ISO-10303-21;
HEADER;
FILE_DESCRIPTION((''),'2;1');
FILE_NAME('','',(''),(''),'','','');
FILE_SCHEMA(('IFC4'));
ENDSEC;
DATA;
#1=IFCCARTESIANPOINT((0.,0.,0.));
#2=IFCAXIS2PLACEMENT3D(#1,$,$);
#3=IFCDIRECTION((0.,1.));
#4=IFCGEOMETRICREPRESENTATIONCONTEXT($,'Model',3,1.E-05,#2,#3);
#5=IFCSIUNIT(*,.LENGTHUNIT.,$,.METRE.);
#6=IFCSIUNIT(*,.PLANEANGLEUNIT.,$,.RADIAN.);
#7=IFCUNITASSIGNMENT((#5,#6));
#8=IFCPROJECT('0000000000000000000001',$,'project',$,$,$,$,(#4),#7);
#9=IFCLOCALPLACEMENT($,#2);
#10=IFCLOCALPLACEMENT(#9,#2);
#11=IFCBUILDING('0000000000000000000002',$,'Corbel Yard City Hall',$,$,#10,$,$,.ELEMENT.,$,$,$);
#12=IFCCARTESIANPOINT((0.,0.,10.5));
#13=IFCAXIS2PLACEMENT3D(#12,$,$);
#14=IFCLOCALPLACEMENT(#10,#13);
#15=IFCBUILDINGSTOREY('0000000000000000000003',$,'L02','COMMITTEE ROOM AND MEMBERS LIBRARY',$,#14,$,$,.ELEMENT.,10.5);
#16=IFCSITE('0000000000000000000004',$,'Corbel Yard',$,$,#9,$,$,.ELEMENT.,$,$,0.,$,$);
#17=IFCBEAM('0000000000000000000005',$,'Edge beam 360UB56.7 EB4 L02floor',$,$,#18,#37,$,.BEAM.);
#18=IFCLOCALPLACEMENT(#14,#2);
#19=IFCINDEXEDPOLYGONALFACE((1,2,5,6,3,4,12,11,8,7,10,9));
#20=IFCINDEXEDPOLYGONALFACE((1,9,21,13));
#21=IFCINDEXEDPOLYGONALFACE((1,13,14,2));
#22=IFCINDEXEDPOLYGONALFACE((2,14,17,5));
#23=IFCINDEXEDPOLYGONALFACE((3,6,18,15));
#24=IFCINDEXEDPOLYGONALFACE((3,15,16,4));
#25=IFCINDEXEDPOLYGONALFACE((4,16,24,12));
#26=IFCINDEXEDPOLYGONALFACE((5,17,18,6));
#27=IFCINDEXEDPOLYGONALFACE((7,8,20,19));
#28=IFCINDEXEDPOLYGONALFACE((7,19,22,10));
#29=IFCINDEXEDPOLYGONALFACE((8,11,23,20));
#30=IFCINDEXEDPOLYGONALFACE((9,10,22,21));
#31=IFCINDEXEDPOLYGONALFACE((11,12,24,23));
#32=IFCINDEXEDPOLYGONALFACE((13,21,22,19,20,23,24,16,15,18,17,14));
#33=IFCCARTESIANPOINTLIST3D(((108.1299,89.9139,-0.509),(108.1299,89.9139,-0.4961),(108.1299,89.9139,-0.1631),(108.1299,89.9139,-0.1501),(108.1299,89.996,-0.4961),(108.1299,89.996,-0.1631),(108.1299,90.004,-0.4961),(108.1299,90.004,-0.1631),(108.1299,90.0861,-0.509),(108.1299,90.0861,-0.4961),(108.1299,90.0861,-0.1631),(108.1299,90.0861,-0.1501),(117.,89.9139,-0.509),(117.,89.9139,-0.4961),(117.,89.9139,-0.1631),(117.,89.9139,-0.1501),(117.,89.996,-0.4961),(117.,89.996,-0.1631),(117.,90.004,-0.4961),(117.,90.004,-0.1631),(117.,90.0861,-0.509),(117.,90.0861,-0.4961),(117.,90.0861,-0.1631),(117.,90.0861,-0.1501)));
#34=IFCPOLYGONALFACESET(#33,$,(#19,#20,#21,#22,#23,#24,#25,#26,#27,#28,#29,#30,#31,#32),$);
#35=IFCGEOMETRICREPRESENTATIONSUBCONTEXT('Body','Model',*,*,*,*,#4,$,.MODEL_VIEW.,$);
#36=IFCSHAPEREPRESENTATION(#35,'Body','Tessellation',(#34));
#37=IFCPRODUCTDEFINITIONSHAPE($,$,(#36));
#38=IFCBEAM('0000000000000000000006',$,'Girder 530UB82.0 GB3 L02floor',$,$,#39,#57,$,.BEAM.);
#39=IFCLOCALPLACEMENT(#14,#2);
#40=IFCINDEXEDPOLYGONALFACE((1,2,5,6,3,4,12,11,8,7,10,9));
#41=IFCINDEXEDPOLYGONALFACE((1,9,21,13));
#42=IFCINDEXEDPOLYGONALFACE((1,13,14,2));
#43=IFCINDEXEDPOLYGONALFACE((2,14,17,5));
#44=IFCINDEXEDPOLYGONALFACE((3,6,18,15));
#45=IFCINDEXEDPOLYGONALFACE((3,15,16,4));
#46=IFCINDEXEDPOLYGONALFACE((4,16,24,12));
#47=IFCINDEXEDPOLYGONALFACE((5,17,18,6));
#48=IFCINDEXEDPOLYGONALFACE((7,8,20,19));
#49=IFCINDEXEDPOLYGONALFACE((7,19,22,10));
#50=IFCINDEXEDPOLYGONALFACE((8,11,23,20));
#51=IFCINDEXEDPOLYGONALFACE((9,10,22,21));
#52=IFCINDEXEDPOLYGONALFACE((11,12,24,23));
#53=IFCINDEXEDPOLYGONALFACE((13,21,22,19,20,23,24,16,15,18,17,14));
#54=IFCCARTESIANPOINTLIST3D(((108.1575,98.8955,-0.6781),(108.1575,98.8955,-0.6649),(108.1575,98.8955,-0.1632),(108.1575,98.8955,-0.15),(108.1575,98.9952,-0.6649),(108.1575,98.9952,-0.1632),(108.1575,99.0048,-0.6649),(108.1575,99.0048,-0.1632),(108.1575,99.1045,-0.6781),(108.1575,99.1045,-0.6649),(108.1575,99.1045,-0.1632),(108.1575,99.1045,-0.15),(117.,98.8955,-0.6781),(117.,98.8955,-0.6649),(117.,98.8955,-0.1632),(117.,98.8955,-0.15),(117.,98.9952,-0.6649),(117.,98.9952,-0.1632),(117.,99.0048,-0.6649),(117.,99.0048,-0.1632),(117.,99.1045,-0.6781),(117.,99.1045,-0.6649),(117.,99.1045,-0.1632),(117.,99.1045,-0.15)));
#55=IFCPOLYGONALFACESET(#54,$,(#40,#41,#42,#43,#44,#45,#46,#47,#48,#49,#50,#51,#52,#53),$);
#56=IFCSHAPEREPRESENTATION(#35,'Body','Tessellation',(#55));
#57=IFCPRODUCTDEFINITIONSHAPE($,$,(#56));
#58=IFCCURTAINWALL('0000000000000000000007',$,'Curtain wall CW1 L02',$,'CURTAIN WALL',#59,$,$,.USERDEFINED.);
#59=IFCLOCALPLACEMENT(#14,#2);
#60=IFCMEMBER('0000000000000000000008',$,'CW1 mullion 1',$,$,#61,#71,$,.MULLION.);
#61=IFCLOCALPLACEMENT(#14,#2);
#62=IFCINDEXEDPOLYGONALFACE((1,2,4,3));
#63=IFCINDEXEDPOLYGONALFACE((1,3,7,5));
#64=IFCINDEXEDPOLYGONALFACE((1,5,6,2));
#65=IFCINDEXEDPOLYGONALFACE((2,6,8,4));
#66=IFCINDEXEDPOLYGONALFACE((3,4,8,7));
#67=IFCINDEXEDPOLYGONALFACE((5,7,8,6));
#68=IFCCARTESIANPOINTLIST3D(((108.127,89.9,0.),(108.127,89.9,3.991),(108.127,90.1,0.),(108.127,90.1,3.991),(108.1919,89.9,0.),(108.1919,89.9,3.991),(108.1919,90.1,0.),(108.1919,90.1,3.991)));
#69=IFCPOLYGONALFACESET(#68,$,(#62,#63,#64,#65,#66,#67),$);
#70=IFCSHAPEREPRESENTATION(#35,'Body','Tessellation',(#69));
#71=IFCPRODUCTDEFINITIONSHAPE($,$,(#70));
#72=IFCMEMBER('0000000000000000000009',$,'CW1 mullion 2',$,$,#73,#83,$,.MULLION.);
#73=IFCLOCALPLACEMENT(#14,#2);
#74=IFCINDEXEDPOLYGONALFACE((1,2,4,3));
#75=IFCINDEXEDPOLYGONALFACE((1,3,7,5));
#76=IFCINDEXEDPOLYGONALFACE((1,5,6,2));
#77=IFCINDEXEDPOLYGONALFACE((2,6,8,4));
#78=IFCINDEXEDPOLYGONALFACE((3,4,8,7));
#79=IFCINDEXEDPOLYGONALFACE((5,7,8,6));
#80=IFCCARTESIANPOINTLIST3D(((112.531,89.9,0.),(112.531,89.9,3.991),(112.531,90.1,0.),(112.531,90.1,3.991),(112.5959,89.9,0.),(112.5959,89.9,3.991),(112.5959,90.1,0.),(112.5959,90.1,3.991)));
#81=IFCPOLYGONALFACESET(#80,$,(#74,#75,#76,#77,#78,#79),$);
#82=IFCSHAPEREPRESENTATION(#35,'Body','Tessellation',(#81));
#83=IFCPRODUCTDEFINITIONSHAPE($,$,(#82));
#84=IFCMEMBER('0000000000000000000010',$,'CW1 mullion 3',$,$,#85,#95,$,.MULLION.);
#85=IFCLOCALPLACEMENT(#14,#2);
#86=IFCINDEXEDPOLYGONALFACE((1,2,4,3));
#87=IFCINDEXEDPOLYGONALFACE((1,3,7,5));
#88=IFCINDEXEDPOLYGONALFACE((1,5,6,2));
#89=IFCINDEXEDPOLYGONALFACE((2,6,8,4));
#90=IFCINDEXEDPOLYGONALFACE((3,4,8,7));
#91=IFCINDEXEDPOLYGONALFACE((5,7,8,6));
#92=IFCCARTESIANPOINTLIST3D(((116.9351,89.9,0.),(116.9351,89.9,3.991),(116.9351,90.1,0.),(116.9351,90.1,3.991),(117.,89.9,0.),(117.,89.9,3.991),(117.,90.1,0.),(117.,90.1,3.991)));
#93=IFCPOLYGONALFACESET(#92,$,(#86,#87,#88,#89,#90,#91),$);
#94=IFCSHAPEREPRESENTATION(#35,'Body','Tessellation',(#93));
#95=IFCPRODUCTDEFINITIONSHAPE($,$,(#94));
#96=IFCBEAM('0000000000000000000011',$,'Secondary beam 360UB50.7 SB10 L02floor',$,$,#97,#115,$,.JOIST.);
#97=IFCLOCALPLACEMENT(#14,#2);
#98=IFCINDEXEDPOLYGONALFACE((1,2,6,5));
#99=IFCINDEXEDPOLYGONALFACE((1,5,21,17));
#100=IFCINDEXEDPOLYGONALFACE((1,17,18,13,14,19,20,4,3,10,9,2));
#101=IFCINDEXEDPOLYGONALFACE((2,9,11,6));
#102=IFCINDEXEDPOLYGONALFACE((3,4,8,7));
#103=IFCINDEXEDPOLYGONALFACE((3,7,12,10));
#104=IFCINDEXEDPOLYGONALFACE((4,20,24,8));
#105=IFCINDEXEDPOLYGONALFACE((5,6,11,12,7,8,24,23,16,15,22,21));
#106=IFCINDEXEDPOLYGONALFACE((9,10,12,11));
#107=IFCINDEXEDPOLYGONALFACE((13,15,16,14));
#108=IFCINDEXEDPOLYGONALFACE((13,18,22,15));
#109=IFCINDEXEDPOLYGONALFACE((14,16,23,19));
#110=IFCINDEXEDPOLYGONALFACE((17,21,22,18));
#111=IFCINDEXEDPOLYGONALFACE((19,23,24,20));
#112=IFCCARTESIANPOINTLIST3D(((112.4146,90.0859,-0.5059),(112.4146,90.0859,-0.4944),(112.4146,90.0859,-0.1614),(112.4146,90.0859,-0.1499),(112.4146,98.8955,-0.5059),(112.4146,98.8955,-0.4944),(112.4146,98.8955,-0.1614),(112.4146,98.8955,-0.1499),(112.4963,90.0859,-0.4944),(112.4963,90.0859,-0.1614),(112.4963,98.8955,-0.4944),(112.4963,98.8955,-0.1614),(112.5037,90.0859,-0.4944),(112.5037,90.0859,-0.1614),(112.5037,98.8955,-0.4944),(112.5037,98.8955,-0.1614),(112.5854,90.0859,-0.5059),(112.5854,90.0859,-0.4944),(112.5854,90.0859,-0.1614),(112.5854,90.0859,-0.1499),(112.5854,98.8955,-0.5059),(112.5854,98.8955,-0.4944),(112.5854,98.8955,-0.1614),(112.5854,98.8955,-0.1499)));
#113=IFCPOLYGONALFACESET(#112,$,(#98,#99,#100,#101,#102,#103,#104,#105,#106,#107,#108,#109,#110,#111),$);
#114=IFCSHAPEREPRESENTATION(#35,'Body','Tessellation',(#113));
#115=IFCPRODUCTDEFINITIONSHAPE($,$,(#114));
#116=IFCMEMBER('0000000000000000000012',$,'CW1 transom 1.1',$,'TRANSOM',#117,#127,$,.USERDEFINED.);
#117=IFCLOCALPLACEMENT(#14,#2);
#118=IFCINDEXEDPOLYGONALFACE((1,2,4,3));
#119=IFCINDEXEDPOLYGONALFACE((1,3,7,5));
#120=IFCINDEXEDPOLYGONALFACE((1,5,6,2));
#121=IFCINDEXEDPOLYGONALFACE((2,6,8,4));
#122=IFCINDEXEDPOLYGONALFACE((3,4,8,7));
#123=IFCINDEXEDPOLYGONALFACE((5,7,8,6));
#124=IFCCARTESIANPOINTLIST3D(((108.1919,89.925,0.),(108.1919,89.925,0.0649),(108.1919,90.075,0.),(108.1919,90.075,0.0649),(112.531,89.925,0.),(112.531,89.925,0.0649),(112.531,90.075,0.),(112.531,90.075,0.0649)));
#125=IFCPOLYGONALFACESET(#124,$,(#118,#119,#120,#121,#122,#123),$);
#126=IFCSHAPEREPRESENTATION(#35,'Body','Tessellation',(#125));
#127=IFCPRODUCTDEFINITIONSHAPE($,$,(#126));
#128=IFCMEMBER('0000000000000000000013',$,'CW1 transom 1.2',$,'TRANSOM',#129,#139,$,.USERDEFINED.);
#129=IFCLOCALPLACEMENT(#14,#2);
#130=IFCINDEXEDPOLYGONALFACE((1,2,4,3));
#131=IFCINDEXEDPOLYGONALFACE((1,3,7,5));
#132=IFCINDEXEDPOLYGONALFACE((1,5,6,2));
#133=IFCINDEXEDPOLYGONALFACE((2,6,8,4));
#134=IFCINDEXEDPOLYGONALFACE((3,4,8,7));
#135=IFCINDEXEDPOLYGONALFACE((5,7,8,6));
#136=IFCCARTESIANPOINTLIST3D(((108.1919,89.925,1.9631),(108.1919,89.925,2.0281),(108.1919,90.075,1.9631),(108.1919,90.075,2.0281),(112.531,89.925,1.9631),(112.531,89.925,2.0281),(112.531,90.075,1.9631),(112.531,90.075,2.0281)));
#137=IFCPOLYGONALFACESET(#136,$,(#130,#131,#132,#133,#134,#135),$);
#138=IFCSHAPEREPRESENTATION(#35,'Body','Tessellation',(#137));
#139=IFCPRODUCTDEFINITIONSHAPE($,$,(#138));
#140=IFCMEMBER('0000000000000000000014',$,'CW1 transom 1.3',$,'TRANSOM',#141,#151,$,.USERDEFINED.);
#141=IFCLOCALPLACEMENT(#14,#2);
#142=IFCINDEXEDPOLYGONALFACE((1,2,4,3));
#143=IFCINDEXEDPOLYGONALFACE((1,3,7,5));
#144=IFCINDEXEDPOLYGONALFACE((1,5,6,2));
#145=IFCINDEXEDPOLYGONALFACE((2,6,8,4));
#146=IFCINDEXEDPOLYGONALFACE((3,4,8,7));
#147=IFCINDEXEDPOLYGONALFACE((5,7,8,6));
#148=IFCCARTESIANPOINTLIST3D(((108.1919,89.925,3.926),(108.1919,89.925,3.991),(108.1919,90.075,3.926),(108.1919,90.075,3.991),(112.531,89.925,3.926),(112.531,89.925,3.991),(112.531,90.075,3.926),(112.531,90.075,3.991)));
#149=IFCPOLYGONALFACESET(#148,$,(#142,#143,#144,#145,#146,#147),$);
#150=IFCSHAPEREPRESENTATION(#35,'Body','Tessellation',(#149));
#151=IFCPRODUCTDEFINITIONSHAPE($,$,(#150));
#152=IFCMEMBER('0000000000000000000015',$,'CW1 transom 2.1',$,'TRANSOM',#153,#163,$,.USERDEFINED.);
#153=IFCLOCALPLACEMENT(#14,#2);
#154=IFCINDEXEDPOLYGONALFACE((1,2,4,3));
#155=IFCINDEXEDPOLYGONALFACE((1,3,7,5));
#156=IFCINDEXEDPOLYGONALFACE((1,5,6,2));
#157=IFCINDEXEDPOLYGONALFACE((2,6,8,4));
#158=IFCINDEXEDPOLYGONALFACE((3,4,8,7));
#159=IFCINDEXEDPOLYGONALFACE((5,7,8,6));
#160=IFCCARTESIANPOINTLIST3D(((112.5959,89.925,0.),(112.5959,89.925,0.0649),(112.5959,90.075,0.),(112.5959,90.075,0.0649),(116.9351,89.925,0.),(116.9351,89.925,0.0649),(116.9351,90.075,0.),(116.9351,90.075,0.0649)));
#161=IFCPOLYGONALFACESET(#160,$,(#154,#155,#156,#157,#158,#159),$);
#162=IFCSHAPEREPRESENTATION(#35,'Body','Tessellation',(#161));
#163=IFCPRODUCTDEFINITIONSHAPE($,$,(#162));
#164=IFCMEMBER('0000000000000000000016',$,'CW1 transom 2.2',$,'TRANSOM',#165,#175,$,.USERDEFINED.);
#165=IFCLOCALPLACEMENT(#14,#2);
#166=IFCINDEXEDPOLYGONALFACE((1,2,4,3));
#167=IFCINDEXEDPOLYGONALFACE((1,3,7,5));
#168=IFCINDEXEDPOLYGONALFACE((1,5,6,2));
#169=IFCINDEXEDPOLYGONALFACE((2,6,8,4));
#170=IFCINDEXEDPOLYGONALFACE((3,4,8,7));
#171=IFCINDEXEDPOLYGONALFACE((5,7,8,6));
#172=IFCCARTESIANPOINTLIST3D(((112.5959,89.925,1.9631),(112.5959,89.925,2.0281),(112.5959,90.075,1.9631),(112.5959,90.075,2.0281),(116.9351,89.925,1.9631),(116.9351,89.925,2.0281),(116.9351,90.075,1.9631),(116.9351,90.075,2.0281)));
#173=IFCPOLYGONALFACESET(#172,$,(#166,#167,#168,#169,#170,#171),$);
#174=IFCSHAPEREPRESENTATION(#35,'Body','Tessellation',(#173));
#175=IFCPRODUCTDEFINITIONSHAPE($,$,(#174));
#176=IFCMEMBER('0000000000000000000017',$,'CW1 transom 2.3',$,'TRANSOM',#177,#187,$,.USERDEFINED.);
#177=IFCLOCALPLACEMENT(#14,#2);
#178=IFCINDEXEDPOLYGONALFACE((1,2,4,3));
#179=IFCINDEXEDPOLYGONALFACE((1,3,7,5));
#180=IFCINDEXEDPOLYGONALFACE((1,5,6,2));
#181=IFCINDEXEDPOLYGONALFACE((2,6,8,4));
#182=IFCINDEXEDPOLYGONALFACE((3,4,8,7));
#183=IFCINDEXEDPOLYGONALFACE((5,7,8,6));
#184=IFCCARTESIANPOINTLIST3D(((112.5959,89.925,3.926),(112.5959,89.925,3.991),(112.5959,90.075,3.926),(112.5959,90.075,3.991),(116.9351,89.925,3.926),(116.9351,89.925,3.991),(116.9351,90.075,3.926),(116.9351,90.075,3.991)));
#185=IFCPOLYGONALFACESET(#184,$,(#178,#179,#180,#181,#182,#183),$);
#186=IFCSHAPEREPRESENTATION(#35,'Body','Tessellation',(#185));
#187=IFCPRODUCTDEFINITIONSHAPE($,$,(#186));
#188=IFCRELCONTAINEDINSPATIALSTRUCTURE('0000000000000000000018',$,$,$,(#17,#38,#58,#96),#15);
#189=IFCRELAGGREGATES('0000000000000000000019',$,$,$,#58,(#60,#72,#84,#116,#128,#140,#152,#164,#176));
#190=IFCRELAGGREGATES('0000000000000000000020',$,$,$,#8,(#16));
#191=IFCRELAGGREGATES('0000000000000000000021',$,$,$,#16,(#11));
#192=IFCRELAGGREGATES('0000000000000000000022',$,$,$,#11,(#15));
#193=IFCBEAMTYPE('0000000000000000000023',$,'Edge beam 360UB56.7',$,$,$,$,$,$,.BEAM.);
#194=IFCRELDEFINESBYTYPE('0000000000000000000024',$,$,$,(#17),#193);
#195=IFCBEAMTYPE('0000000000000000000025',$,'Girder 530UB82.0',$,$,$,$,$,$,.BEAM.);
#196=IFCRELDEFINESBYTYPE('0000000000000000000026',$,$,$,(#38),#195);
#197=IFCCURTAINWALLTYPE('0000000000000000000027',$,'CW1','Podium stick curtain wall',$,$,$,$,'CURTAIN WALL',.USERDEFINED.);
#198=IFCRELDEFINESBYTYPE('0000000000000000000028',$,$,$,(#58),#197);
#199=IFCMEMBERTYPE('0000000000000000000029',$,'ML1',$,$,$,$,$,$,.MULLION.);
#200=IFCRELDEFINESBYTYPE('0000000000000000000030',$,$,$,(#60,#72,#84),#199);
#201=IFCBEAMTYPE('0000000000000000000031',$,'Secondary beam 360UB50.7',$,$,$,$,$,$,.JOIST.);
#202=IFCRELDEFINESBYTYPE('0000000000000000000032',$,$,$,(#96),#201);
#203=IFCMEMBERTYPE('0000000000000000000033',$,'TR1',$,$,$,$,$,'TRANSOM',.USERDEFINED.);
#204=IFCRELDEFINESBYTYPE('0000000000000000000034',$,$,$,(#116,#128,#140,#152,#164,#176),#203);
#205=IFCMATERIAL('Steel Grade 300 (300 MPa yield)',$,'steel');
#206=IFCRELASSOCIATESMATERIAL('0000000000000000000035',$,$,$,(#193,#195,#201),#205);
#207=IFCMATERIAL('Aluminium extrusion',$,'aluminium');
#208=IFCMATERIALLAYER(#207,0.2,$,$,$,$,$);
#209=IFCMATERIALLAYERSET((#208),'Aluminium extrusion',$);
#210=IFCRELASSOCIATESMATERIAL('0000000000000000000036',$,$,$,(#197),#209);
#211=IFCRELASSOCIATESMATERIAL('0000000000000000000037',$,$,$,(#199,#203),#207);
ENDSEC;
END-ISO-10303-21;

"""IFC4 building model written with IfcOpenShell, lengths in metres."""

from ifc_helpers import new_model, si_unit, direction, frame, origin, origin_2d, place, context, subcontext, project, spatial, rectangle, i_section, extrude, material, layer, layer_set, material_profile, profile_set, type_object, element, aggregate, save


model = new_model("IFC4")

# Units and contexts
model_context = context("Model", 3, precision=1e-05, world=origin(), true_north=direction((0.0, 1.0)))
body_context = subcontext(model_context, "Body", "Model", "MODEL_VIEW")
ifc_project = project(units=[si_unit("LENGTHUNIT", "METRE"), si_unit("PLANEANGLEUNIT", "RADIAN")], contexts=[model_context])

# Site, building, storey
site_placement = place(None, origin())
site = spatial("IfcSite", under=ifc_project, at=site_placement, Name="Corbel Yard", CompositionType="ELEMENT", RefElevation=0.0)
building_placement = place(site_placement, origin())
building = spatial("IfcBuilding", under=site, at=building_placement, Name="Corbel Yard City Hall", CompositionType="ELEMENT")
storey_placement = place(building_placement, frame((0.0, 0.0, 10.5)))
storey = spatial("IfcBuildingStorey", under=building, at=storey_placement, Name="L02", Description="COMMITTEE ROOM AND MEMBERS LIBRARY", CompositionType="ELEMENT", Elevation=10.5)

# Beams
ifc_material_1 = material(Name="Steel Grade 300 (300 MPa yield)", Category="steel")
ifc_material_profile_1 = material_profile(ifc_material_1, i_section(OverallWidth=0.1721, OverallDepth=0.3589, WebThickness=0.0081, FlangeThickness=0.0129, at=origin_2d()), Name="360UB56.7")
ifc_profile_set_1 = profile_set([ifc_material_profile_1], Name="Steel Grade 300 (300 MPa yield)")
beam_type_1 = type_object("IfcBeamType", Name="Edge beam 360UB56.7", PredefinedType="BEAM", material=ifc_profile_set_1)
beam_1_placement = place(storey_placement, frame((108.1299, 90.0, -0.3296), z_axis=(1.0, 0.0, 0.0), x_axis=(0.0, 1.0, 0.0)))
element("IfcBeam", 1, at=beam_1_placement, inside=storey, type_object=beam_type_1, Name="Edge beam 360UB56.7 EB4 L02floor", PredefinedType="BEAM", context=body_context, shape_type="SweptSolid", body=[
    extrude(i_section(OverallWidth=0.1721, OverallDepth=0.3589, WebThickness=0.0081, FlangeThickness=0.0129, at=origin_2d()), origin(), (0.0, 0.0, 1.0), 8.8701),
])
ifc_material_profile_2 = material_profile(ifc_material_1, i_section(OverallWidth=0.209, OverallDepth=0.5281, WebThickness=0.0095, FlangeThickness=0.0132, at=origin_2d()), Name="530UB82.0")
ifc_profile_set_2 = profile_set([ifc_material_profile_2], Name="Steel Grade 300 (300 MPa yield)")
beam_type_2 = type_object("IfcBeamType", Name="Girder 530UB82.0", PredefinedType="BEAM", material=ifc_profile_set_2)
beam_2_placement = place(storey_placement, frame((108.1575, 99.0, -0.4141), z_axis=(1.0, 0.0, 0.0), x_axis=(0.0, 1.0, 0.0)))
element("IfcBeam", 2, at=beam_2_placement, inside=storey, type_object=beam_type_2, Name="Girder 530UB82.0 GB3 L02floor", PredefinedType="BEAM", context=body_context, shape_type="SweptSolid", body=[
    extrude(i_section(OverallWidth=0.209, OverallDepth=0.5281, WebThickness=0.0095, FlangeThickness=0.0132, at=origin_2d()), origin(), (0.0, 0.0, 1.0), 8.8425),
])

# Curtain wall, members
ifc_material_2 = material(Name="Aluminium extrusion", Category="aluminium")
ifc_layer_1 = layer(ifc_material_2, 0.2)
ifc_layer_set_1 = layer_set([ifc_layer_1], Name="Aluminium extrusion")
curtain_wall_type = type_object("IfcCurtainWallType", Name="CW1", Description="Podium stick curtain wall", ElementType="CURTAIN WALL", PredefinedType="USERDEFINED", material=ifc_layer_set_1)
curtain_wall_placement = place(storey_placement, origin())
curtain_wall = element("IfcCurtainWall", 3, at=curtain_wall_placement, inside=storey, type_object=curtain_wall_type, Name="Curtain wall CW1 L02", ObjectType="CURTAIN WALL", PredefinedType="USERDEFINED")
ifc_material_profile_3 = material_profile(ifc_material_2, rectangle(XDim=0.2, YDim=0.0649, at=origin_2d()), Name="200x65")
ifc_profile_set_3 = profile_set([ifc_material_profile_3], Name="Aluminium extrusion")
member_type_1 = type_object("IfcMemberType", Name="ML1", PredefinedType="MULLION", material=ifc_profile_set_3)
member_1_placement = place(storey_placement, frame((108.1594, 90.0, 0.0), z_axis=(0.0, 0.0, 1.0), x_axis=(0.0, 1.0, 0.0)))
member_1 = element("IfcMember", 4, at=member_1_placement, type_object=member_type_1, Name="CW1 mullion 1", PredefinedType="MULLION", context=body_context, shape_type="SweptSolid", body=[
    extrude(rectangle(XDim=0.2, YDim=0.0649, at=origin_2d()), origin(), (0.0, 0.0, 1.0), 3.991),
])
member_2_placement = place(storey_placement, frame((112.5635, 90.0, 0.0), z_axis=(0.0, 0.0, 1.0), x_axis=(0.0, 1.0, 0.0)))
member_2 = element("IfcMember", 5, at=member_2_placement, type_object=member_type_1, Name="CW1 mullion 2", PredefinedType="MULLION", context=body_context, shape_type="SweptSolid", body=[
    extrude(rectangle(XDim=0.2, YDim=0.0649, at=origin_2d()), origin(), (0.0, 0.0, 1.0), 3.991),
])
member_3_placement = place(storey_placement, frame((116.9675, 90.0, 0.0), z_axis=(0.0, 0.0, 1.0), x_axis=(0.0, 1.0, 0.0)))
member_3 = element("IfcMember", 6, at=member_3_placement, type_object=member_type_1, Name="CW1 mullion 3", PredefinedType="MULLION", context=body_context, shape_type="SweptSolid", body=[
    extrude(rectangle(XDim=0.2, YDim=0.0649, at=origin_2d()), origin(), (0.0, 0.0, 1.0), 3.991),
])

# Beam
ifc_material_profile_4 = material_profile(ifc_material_1, i_section(OverallWidth=0.1709, OverallDepth=0.356, WebThickness=0.0073, FlangeThickness=0.0115, at=origin_2d()), Name="360UB50.7")
ifc_profile_set_4 = profile_set([ifc_material_profile_4], Name="Steel Grade 300 (300 MPa yield)")
beam_type_3 = type_object("IfcBeamType", Name="Secondary beam 360UB50.7", PredefinedType="JOIST", material=ifc_profile_set_4)
beam_3_placement = place(storey_placement, frame((112.5, 90.0859, -0.3279), z_axis=(0.0, 1.0, 0.0), x_axis=(-1.0, 0.0, 0.0)))
element("IfcBeam", 7, at=beam_3_placement, inside=storey, type_object=beam_type_3, Name="Secondary beam 360UB50.7 SB10 L02floor", PredefinedType="JOIST", context=body_context, shape_type="SweptSolid", body=[
    extrude(i_section(OverallWidth=0.1709, OverallDepth=0.356, WebThickness=0.0073, FlangeThickness=0.0115, at=origin_2d()), origin(), (0.0, 0.0, 1.0), 8.8096),
])

# Members
ifc_material_profile_5 = material_profile(ifc_material_2, rectangle(XDim=0.1499, YDim=0.0649, at=origin_2d()), Name="150x65")
ifc_profile_set_5 = profile_set([ifc_material_profile_5], Name="Aluminium extrusion")
member_type_2 = type_object("IfcMemberType", Name="TR1", ElementType="TRANSOM", PredefinedType="USERDEFINED", material=ifc_profile_set_5)
member_4_placement = place(storey_placement, frame((108.1919, 90.0, 0.0325), z_axis=(1.0, 0.0, 0.0), x_axis=(0.0, 1.0, 0.0)))
member_4 = element("IfcMember", 8, at=member_4_placement, type_object=member_type_2, Name="CW1 transom 1.1", ObjectType="TRANSOM", PredefinedType="USERDEFINED", context=body_context, shape_type="SweptSolid", body=[
    extrude(rectangle(XDim=0.1499, YDim=0.0649, at=origin_2d()), origin(), (0.0, 0.0, 1.0), 4.3391),
])
member_5_placement = place(storey_placement, frame((108.1919, 90.0, 1.9956), z_axis=(1.0, 0.0, 0.0), x_axis=(0.0, 1.0, 0.0)))
member_5 = element("IfcMember", 9, at=member_5_placement, type_object=member_type_2, Name="CW1 transom 1.2", ObjectType="TRANSOM", PredefinedType="USERDEFINED", context=body_context, shape_type="SweptSolid", body=[
    extrude(rectangle(XDim=0.1499, YDim=0.0649, at=origin_2d()), origin(), (0.0, 0.0, 1.0), 4.3391),
])
member_6_placement = place(storey_placement, frame((108.1919, 90.0, 3.9585), z_axis=(1.0, 0.0, 0.0), x_axis=(0.0, 1.0, 0.0)))
member_6 = element("IfcMember", 10, at=member_6_placement, type_object=member_type_2, Name="CW1 transom 1.3", ObjectType="TRANSOM", PredefinedType="USERDEFINED", context=body_context, shape_type="SweptSolid", body=[
    extrude(rectangle(XDim=0.1499, YDim=0.0649, at=origin_2d()), origin(), (0.0, 0.0, 1.0), 4.3391),
])
member_7_placement = place(storey_placement, frame((112.5959, 90.0, 0.0325), z_axis=(1.0, 0.0, 0.0), x_axis=(0.0, 1.0, 0.0)))
member_7 = element("IfcMember", 11, at=member_7_placement, type_object=member_type_2, Name="CW1 transom 2.1", ObjectType="TRANSOM", PredefinedType="USERDEFINED", context=body_context, shape_type="SweptSolid", body=[
    extrude(rectangle(XDim=0.1499, YDim=0.0649, at=origin_2d()), origin(), (0.0, 0.0, 1.0), 4.3391),
])
member_8_placement = place(storey_placement, frame((112.5959, 90.0, 1.9956), z_axis=(1.0, 0.0, 0.0), x_axis=(0.0, 1.0, 0.0)))
member_8 = element("IfcMember", 12, at=member_8_placement, type_object=member_type_2, Name="CW1 transom 2.2", ObjectType="TRANSOM", PredefinedType="USERDEFINED", context=body_context, shape_type="SweptSolid", body=[
    extrude(rectangle(XDim=0.1499, YDim=0.0649, at=origin_2d()), origin(), (0.0, 0.0, 1.0), 4.3391),
])
member_9_placement = place(storey_placement, frame((112.5959, 90.0, 3.9585), z_axis=(1.0, 0.0, 0.0), x_axis=(0.0, 1.0, 0.0)))
member_9 = element("IfcMember", 13, at=member_9_placement, type_object=member_type_2, Name="CW1 transom 2.3", ObjectType="TRANSOM", PredefinedType="USERDEFINED", context=body_context, shape_type="SweptSolid", body=[
    extrude(rectangle(XDim=0.1499, YDim=0.0649, at=origin_2d()), origin(), (0.0, 0.0, 1.0), 4.3391),
])

aggregate(curtain_wall, [member_1, member_2, member_3, member_4, member_5, member_6, member_7, member_8, member_9])

save(model, "model.ifc")
